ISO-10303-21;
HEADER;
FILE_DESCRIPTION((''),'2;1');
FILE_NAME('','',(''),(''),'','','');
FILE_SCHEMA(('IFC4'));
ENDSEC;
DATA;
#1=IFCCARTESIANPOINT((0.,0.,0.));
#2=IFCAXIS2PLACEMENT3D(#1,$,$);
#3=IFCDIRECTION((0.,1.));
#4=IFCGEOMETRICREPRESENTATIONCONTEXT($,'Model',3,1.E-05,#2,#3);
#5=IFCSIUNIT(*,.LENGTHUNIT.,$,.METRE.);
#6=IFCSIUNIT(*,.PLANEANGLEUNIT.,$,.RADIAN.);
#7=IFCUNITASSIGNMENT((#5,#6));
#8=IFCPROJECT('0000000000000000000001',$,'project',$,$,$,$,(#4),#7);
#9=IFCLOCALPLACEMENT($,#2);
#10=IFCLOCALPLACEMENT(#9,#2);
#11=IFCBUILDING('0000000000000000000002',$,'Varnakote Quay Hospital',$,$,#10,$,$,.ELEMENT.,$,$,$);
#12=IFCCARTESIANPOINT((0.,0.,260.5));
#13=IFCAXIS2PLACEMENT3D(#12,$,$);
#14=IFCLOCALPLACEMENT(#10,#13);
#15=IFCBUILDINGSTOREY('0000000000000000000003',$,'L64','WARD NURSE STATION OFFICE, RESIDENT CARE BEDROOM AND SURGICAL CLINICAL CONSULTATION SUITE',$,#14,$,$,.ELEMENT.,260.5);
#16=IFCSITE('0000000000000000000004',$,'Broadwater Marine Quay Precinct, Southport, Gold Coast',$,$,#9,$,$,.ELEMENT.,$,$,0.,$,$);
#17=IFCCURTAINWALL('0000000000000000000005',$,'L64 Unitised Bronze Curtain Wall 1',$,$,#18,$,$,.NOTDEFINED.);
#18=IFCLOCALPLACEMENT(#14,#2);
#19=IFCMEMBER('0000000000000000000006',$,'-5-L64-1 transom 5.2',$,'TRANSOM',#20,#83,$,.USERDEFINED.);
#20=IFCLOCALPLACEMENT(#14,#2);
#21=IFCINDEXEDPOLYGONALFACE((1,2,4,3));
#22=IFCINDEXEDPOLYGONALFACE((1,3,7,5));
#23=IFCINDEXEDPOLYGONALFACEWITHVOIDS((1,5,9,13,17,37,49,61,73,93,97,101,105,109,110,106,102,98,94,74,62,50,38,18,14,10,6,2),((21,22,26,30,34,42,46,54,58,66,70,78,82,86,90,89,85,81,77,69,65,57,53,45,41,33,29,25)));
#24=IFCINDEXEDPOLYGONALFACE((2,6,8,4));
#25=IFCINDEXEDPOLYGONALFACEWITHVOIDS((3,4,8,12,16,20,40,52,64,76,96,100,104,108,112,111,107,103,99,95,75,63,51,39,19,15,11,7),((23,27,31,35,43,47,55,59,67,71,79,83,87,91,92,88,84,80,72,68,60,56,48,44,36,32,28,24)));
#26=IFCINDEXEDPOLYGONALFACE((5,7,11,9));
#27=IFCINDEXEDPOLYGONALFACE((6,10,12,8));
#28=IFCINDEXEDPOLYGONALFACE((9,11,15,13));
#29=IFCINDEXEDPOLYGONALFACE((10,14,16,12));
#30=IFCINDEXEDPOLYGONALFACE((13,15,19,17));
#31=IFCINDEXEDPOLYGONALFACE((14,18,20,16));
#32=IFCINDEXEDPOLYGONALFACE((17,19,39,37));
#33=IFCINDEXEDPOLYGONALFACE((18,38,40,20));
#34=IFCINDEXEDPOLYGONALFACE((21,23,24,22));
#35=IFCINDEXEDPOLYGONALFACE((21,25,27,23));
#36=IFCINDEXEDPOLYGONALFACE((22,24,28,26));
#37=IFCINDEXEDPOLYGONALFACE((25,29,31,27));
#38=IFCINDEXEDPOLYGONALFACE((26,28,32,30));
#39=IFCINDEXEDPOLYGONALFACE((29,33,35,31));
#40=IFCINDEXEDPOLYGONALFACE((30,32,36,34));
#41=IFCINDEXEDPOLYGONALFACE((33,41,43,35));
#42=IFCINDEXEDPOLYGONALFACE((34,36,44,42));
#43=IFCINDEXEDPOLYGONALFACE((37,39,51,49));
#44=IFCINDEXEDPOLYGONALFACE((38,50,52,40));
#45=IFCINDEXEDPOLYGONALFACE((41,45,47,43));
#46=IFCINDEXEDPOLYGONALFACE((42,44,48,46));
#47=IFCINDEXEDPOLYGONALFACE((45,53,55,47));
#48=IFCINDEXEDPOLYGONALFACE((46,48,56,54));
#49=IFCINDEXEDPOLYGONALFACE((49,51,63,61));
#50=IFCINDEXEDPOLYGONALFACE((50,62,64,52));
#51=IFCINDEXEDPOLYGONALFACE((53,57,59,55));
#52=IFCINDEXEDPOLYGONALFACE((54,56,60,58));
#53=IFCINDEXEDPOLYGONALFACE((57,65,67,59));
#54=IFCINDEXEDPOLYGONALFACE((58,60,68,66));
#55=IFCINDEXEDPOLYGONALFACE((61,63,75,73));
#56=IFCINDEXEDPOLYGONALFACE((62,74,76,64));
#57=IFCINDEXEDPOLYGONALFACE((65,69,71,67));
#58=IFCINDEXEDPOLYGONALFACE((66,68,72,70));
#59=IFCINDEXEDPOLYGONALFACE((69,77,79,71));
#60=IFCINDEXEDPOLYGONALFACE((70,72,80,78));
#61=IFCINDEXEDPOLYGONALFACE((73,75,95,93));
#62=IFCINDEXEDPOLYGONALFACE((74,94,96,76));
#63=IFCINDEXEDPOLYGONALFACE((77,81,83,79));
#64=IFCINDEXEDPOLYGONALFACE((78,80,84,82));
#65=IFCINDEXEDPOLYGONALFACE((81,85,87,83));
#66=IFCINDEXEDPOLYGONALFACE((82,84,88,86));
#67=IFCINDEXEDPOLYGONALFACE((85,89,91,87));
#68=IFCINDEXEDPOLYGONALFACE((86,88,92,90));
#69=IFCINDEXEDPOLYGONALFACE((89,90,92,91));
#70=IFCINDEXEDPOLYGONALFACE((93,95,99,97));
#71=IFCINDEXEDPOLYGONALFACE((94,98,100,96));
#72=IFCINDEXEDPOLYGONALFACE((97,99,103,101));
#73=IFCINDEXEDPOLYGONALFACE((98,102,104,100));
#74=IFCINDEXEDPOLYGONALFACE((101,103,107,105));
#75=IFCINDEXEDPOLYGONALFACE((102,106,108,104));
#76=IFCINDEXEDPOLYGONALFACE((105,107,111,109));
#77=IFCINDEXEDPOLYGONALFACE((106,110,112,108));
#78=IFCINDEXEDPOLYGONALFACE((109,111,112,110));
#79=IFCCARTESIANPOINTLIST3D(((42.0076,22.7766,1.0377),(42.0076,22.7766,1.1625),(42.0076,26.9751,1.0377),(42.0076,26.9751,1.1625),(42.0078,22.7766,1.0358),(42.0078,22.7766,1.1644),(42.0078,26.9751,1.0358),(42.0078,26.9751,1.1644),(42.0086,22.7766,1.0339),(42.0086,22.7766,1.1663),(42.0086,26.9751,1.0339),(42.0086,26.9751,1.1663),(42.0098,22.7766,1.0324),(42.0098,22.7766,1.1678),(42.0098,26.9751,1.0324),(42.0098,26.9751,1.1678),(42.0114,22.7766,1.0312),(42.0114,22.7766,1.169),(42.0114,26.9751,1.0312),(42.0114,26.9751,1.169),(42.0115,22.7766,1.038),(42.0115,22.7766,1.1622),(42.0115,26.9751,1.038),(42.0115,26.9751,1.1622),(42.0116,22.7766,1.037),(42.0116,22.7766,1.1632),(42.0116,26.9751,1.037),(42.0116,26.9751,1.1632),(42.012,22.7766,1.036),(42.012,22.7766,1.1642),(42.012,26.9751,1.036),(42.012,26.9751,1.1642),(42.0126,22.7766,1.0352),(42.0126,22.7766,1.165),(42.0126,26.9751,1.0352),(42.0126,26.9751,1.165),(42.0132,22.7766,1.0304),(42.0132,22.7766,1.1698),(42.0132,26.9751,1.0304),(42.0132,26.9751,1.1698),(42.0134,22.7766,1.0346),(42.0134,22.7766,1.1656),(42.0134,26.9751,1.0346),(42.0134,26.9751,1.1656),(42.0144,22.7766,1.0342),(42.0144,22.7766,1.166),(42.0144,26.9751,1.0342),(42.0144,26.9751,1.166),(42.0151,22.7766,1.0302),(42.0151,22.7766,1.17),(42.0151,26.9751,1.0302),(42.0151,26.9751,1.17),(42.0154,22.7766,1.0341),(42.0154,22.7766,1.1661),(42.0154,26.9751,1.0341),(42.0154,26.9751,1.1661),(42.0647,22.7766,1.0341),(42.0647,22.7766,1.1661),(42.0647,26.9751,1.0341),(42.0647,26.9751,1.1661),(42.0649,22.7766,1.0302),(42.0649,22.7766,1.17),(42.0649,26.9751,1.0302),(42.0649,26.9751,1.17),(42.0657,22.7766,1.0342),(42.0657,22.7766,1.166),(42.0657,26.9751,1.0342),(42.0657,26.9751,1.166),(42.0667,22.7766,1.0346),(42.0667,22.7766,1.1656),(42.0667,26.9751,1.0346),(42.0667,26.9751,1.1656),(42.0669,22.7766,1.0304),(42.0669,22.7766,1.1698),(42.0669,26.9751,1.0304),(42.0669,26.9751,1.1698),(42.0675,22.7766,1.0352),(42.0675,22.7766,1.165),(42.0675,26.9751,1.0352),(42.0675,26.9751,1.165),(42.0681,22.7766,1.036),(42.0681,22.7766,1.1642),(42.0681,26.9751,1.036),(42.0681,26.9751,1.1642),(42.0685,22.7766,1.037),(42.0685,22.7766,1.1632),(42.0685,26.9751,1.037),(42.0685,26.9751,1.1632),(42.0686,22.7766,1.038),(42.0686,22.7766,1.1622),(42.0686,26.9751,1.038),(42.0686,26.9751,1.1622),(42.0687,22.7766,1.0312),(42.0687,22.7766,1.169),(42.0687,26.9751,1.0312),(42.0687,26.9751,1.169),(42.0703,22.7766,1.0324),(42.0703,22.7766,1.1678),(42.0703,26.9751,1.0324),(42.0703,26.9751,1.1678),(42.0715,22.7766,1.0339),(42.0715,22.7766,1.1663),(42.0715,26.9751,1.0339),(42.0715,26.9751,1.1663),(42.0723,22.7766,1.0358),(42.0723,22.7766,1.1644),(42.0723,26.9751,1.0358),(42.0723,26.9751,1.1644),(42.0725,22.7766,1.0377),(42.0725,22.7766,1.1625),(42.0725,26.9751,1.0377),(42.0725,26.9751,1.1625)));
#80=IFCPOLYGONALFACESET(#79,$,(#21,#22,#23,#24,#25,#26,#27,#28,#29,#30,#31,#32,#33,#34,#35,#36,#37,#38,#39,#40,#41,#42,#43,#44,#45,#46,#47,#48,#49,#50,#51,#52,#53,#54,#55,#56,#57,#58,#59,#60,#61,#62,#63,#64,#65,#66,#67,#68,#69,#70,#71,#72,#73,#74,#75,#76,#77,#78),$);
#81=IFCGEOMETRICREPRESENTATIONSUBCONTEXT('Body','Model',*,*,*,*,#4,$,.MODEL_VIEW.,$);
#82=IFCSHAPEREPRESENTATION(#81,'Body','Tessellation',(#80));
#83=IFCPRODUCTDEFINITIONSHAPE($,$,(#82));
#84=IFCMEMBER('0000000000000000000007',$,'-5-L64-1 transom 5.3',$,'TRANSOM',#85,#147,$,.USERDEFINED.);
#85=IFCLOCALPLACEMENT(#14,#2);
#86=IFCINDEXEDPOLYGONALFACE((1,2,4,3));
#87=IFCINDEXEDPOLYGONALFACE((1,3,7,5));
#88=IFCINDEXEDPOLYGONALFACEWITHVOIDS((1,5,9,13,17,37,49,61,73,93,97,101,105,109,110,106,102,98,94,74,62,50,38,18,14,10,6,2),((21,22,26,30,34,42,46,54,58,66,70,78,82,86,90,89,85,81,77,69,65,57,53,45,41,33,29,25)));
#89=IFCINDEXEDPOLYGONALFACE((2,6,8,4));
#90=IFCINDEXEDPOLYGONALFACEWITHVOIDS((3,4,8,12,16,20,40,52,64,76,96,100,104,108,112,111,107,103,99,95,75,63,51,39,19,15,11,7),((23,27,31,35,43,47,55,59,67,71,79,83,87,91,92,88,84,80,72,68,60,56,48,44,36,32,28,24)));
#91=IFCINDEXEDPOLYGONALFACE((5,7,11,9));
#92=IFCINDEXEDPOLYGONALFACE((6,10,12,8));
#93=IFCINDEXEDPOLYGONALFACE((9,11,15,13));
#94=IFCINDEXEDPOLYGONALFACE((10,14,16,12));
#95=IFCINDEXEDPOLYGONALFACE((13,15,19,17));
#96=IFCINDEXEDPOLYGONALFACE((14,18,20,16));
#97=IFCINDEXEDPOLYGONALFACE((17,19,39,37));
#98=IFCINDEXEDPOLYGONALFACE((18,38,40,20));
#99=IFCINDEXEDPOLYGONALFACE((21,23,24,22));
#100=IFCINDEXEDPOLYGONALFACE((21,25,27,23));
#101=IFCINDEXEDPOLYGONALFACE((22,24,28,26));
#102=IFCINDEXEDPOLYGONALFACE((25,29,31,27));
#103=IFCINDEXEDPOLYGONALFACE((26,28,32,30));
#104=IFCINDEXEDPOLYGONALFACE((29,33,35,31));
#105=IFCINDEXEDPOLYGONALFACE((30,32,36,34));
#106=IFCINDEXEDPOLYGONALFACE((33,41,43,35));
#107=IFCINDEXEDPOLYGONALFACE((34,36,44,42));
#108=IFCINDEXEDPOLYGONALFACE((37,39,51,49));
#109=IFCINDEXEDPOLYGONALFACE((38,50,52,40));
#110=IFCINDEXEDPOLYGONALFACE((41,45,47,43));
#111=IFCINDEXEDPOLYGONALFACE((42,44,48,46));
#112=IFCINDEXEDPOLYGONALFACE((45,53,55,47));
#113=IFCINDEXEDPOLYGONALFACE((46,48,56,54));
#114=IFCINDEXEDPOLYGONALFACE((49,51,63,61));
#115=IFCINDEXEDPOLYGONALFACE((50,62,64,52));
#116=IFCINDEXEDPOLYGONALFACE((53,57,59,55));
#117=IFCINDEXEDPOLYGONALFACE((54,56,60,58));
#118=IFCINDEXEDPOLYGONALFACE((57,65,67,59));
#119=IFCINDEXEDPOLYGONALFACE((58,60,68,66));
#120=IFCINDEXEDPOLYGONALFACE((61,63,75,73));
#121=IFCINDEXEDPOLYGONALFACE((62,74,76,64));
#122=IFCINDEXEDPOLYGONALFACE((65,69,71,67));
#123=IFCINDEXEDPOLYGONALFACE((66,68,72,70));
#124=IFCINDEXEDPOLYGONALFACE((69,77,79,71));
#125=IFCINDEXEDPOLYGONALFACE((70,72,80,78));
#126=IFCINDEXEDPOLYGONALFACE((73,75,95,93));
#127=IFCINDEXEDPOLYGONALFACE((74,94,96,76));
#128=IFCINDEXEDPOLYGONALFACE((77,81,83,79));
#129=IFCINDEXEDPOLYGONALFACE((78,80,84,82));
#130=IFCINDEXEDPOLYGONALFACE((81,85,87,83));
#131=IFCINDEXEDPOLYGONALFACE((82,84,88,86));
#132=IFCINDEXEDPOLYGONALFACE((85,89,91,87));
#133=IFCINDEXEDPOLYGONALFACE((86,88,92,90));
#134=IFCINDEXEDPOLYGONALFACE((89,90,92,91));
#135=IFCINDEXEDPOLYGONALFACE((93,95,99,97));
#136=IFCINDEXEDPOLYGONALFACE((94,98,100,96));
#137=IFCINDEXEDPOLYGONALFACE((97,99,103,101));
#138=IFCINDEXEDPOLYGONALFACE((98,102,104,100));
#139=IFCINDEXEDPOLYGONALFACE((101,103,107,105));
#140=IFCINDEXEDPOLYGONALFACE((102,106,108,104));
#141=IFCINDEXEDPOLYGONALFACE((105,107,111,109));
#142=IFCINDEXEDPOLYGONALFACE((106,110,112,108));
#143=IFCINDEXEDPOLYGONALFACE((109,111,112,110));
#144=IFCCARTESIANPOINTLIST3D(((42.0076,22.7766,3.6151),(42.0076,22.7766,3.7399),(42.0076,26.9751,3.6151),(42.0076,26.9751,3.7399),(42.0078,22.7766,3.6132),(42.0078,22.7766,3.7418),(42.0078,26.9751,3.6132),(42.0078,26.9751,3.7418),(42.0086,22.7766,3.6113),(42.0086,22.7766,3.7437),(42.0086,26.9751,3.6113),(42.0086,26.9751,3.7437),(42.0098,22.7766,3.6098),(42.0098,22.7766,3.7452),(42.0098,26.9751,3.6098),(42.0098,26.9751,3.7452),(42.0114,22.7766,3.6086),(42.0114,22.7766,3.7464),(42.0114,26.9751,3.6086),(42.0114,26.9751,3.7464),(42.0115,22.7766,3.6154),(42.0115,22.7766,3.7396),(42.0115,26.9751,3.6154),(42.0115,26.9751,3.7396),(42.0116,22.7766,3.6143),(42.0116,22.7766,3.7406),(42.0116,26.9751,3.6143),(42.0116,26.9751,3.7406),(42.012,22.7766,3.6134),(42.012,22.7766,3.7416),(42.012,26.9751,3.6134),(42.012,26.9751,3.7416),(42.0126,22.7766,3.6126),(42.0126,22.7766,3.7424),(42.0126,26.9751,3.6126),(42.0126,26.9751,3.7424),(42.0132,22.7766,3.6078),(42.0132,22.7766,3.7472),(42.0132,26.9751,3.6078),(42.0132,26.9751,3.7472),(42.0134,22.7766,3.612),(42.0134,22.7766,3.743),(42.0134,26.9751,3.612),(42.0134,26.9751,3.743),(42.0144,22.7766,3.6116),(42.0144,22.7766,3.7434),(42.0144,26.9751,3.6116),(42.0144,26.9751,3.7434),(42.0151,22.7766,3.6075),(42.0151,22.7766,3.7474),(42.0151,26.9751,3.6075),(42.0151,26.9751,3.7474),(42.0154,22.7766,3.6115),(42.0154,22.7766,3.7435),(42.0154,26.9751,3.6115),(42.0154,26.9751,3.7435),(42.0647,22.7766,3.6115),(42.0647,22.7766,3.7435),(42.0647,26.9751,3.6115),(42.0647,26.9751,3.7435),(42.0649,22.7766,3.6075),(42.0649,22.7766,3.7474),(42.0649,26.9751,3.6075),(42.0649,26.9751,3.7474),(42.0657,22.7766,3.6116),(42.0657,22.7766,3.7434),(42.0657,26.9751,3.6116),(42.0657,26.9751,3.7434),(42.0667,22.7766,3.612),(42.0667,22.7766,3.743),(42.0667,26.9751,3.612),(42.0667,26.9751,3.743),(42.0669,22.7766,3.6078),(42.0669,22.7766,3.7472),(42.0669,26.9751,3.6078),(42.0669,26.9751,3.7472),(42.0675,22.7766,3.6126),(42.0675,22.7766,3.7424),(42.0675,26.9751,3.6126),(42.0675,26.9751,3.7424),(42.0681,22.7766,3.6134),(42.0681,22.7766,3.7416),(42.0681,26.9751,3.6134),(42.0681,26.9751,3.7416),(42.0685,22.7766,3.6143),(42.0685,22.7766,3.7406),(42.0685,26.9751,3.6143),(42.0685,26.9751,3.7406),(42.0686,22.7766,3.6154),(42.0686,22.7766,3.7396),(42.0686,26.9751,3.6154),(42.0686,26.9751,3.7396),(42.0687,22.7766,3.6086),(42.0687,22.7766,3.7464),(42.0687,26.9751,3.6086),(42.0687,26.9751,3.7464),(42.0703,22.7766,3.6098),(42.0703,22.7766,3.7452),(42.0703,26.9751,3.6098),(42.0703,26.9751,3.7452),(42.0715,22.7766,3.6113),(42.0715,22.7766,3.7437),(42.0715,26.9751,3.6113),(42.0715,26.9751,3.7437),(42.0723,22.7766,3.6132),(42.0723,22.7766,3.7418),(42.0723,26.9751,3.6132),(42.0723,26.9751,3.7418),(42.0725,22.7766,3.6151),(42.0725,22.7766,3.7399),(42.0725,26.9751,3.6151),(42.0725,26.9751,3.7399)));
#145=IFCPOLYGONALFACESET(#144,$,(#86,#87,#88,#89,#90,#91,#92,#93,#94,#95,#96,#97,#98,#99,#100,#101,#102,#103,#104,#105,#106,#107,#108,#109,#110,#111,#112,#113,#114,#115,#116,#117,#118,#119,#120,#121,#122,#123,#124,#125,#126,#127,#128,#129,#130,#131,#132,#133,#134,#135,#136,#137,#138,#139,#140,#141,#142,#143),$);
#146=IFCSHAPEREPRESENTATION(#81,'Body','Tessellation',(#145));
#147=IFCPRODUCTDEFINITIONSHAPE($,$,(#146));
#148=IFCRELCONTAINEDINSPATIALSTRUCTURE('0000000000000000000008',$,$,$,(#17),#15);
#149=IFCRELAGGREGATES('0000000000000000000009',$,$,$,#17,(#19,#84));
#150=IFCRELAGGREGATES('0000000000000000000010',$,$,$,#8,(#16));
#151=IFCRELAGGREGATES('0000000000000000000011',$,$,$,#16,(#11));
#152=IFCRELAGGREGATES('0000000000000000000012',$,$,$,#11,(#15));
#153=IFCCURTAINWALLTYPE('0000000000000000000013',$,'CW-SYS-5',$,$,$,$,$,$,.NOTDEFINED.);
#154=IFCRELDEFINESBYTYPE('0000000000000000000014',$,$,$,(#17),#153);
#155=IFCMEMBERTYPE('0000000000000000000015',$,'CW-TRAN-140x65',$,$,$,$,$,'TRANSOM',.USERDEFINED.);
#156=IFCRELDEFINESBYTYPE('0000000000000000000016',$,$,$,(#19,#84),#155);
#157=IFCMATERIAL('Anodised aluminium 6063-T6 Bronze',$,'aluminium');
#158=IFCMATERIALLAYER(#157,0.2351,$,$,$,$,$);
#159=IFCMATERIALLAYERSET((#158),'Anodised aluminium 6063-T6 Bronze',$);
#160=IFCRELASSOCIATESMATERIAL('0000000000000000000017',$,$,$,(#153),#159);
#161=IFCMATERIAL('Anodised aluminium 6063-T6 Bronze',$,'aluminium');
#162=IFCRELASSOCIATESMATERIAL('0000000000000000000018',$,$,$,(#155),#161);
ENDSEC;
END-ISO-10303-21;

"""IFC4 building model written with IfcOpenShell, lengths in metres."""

from ifc_helpers import new_model, si_unit, direction, frame, origin, origin_2d, place, context, subcontext, project, spatial, hollow_rectangle, extrude, material, layer, layer_set, material_profile, profile_set, type_object, element, aggregate, save


model = new_model("IFC4")

# Units and contexts
model_context = context("Model", 3, precision=1e-05, world=origin(), true_north=direction((0.0, 1.0)))
body_context = subcontext(model_context, "Body", "Model", "MODEL_VIEW")
ifc_project = project(units=[si_unit("LENGTHUNIT", "METRE"), si_unit("PLANEANGLEUNIT", "RADIAN")], contexts=[model_context])

# Site, building, storey
site_placement = place(None, origin())
site = spatial("IfcSite", under=ifc_project, at=site_placement, Name="Broadwater Marine Quay Precinct, Southport, Gold Coast", CompositionType="ELEMENT", RefElevation=0.0)
building_placement = place(site_placement, origin())
building = spatial("IfcBuilding", under=site, at=building_placement, Name="Varnakote Quay Hospital", CompositionType="ELEMENT")
storey_placement = place(building_placement, frame((0.0, 0.0, 260.5)))
storey = spatial("IfcBuildingStorey", under=building, at=storey_placement, Name="L64", Description="WARD NURSE STATION OFFICE, RESIDENT CARE BEDROOM AND SURGICAL CLINICAL CONSULTATION SUITE", CompositionType="ELEMENT", Elevation=260.5)

# Curtain wall
ifc_material_1 = material(Name="Anodised aluminium 6063-T6 Bronze", Category="aluminium")
ifc_layer_1 = layer(ifc_material_1, 0.2351)
ifc_layer_set_1 = layer_set([ifc_layer_1], Name="Anodised aluminium 6063-T6 Bronze")
curtain_wall_type = type_object("IfcCurtainWallType", Name="CW-SYS-5", PredefinedType="NOTDEFINED", material=ifc_layer_set_1)
curtain_wall_1_placement = place(storey_placement, origin())
curtain_wall_1 = element("IfcCurtainWall", 1, at=curtain_wall_1_placement, inside=storey, type_object=curtain_wall_type, Name="L64 Unitised Bronze Curtain Wall 1", PredefinedType="NOTDEFINED")

# Members
ifc_material_2 = material(Name="Anodised aluminium 6063-T6 Bronze", Category="aluminium")
ifc_material_profile_1 = material_profile(ifc_material_2, hollow_rectangle(XDim=0.0649, YDim=0.1399, WallThickness=0.0039, InnerFilletRadius=0.0039, OuterFilletRadius=0.0076, at=origin_2d()), Name="CW-TRAN-140x65")
ifc_profile_set_1 = profile_set([ifc_material_profile_1], Name="Anodised aluminium 6063-T6 Bronze")
member_type_1 = type_object("IfcMemberType", Name="CW-TRAN-140x65", ElementType="TRANSOM", PredefinedType="USERDEFINED", material=ifc_profile_set_1)
member_1_placement = place(storey_placement, frame((42.04, 22.7766, 1.1001), z_axis=(0.0, 1.0, 0.0), x_axis=(-1.0, 0.0, 0.0)))
member_1 = element("IfcMember", 2, at=member_1_placement, type_object=member_type_1, Name="-5-L64-1 transom 5.2", ObjectType="TRANSOM", PredefinedType="USERDEFINED", context=body_context, shape_type="SweptSolid", body=[
    extrude(hollow_rectangle(XDim=0.0649, YDim=0.1399, WallThickness=0.0039, InnerFilletRadius=0.0039, OuterFilletRadius=0.0076, at=origin_2d()), origin(), (0.0, 0.0, 1.0), 4.1985),
])
member_2_placement = place(storey_placement, frame((42.04, 22.7766, 3.6775), z_axis=(0.0, 1.0, 0.0), x_axis=(-1.0, 0.0, 0.0)))
member_2 = element("IfcMember", 3, at=member_2_placement, type_object=member_type_1, Name="-5-L64-1 transom 5.3", ObjectType="TRANSOM", PredefinedType="USERDEFINED", context=body_context, shape_type="SweptSolid", body=[
    extrude(hollow_rectangle(XDim=0.0649, YDim=0.1399, WallThickness=0.0039, InnerFilletRadius=0.0039, OuterFilletRadius=0.0076, at=origin_2d()), origin(), (0.0, 0.0, 1.0), 4.1985),
])

aggregate(curtain_wall_1, [member_1, member_2])

save(model, "model.ifc")
